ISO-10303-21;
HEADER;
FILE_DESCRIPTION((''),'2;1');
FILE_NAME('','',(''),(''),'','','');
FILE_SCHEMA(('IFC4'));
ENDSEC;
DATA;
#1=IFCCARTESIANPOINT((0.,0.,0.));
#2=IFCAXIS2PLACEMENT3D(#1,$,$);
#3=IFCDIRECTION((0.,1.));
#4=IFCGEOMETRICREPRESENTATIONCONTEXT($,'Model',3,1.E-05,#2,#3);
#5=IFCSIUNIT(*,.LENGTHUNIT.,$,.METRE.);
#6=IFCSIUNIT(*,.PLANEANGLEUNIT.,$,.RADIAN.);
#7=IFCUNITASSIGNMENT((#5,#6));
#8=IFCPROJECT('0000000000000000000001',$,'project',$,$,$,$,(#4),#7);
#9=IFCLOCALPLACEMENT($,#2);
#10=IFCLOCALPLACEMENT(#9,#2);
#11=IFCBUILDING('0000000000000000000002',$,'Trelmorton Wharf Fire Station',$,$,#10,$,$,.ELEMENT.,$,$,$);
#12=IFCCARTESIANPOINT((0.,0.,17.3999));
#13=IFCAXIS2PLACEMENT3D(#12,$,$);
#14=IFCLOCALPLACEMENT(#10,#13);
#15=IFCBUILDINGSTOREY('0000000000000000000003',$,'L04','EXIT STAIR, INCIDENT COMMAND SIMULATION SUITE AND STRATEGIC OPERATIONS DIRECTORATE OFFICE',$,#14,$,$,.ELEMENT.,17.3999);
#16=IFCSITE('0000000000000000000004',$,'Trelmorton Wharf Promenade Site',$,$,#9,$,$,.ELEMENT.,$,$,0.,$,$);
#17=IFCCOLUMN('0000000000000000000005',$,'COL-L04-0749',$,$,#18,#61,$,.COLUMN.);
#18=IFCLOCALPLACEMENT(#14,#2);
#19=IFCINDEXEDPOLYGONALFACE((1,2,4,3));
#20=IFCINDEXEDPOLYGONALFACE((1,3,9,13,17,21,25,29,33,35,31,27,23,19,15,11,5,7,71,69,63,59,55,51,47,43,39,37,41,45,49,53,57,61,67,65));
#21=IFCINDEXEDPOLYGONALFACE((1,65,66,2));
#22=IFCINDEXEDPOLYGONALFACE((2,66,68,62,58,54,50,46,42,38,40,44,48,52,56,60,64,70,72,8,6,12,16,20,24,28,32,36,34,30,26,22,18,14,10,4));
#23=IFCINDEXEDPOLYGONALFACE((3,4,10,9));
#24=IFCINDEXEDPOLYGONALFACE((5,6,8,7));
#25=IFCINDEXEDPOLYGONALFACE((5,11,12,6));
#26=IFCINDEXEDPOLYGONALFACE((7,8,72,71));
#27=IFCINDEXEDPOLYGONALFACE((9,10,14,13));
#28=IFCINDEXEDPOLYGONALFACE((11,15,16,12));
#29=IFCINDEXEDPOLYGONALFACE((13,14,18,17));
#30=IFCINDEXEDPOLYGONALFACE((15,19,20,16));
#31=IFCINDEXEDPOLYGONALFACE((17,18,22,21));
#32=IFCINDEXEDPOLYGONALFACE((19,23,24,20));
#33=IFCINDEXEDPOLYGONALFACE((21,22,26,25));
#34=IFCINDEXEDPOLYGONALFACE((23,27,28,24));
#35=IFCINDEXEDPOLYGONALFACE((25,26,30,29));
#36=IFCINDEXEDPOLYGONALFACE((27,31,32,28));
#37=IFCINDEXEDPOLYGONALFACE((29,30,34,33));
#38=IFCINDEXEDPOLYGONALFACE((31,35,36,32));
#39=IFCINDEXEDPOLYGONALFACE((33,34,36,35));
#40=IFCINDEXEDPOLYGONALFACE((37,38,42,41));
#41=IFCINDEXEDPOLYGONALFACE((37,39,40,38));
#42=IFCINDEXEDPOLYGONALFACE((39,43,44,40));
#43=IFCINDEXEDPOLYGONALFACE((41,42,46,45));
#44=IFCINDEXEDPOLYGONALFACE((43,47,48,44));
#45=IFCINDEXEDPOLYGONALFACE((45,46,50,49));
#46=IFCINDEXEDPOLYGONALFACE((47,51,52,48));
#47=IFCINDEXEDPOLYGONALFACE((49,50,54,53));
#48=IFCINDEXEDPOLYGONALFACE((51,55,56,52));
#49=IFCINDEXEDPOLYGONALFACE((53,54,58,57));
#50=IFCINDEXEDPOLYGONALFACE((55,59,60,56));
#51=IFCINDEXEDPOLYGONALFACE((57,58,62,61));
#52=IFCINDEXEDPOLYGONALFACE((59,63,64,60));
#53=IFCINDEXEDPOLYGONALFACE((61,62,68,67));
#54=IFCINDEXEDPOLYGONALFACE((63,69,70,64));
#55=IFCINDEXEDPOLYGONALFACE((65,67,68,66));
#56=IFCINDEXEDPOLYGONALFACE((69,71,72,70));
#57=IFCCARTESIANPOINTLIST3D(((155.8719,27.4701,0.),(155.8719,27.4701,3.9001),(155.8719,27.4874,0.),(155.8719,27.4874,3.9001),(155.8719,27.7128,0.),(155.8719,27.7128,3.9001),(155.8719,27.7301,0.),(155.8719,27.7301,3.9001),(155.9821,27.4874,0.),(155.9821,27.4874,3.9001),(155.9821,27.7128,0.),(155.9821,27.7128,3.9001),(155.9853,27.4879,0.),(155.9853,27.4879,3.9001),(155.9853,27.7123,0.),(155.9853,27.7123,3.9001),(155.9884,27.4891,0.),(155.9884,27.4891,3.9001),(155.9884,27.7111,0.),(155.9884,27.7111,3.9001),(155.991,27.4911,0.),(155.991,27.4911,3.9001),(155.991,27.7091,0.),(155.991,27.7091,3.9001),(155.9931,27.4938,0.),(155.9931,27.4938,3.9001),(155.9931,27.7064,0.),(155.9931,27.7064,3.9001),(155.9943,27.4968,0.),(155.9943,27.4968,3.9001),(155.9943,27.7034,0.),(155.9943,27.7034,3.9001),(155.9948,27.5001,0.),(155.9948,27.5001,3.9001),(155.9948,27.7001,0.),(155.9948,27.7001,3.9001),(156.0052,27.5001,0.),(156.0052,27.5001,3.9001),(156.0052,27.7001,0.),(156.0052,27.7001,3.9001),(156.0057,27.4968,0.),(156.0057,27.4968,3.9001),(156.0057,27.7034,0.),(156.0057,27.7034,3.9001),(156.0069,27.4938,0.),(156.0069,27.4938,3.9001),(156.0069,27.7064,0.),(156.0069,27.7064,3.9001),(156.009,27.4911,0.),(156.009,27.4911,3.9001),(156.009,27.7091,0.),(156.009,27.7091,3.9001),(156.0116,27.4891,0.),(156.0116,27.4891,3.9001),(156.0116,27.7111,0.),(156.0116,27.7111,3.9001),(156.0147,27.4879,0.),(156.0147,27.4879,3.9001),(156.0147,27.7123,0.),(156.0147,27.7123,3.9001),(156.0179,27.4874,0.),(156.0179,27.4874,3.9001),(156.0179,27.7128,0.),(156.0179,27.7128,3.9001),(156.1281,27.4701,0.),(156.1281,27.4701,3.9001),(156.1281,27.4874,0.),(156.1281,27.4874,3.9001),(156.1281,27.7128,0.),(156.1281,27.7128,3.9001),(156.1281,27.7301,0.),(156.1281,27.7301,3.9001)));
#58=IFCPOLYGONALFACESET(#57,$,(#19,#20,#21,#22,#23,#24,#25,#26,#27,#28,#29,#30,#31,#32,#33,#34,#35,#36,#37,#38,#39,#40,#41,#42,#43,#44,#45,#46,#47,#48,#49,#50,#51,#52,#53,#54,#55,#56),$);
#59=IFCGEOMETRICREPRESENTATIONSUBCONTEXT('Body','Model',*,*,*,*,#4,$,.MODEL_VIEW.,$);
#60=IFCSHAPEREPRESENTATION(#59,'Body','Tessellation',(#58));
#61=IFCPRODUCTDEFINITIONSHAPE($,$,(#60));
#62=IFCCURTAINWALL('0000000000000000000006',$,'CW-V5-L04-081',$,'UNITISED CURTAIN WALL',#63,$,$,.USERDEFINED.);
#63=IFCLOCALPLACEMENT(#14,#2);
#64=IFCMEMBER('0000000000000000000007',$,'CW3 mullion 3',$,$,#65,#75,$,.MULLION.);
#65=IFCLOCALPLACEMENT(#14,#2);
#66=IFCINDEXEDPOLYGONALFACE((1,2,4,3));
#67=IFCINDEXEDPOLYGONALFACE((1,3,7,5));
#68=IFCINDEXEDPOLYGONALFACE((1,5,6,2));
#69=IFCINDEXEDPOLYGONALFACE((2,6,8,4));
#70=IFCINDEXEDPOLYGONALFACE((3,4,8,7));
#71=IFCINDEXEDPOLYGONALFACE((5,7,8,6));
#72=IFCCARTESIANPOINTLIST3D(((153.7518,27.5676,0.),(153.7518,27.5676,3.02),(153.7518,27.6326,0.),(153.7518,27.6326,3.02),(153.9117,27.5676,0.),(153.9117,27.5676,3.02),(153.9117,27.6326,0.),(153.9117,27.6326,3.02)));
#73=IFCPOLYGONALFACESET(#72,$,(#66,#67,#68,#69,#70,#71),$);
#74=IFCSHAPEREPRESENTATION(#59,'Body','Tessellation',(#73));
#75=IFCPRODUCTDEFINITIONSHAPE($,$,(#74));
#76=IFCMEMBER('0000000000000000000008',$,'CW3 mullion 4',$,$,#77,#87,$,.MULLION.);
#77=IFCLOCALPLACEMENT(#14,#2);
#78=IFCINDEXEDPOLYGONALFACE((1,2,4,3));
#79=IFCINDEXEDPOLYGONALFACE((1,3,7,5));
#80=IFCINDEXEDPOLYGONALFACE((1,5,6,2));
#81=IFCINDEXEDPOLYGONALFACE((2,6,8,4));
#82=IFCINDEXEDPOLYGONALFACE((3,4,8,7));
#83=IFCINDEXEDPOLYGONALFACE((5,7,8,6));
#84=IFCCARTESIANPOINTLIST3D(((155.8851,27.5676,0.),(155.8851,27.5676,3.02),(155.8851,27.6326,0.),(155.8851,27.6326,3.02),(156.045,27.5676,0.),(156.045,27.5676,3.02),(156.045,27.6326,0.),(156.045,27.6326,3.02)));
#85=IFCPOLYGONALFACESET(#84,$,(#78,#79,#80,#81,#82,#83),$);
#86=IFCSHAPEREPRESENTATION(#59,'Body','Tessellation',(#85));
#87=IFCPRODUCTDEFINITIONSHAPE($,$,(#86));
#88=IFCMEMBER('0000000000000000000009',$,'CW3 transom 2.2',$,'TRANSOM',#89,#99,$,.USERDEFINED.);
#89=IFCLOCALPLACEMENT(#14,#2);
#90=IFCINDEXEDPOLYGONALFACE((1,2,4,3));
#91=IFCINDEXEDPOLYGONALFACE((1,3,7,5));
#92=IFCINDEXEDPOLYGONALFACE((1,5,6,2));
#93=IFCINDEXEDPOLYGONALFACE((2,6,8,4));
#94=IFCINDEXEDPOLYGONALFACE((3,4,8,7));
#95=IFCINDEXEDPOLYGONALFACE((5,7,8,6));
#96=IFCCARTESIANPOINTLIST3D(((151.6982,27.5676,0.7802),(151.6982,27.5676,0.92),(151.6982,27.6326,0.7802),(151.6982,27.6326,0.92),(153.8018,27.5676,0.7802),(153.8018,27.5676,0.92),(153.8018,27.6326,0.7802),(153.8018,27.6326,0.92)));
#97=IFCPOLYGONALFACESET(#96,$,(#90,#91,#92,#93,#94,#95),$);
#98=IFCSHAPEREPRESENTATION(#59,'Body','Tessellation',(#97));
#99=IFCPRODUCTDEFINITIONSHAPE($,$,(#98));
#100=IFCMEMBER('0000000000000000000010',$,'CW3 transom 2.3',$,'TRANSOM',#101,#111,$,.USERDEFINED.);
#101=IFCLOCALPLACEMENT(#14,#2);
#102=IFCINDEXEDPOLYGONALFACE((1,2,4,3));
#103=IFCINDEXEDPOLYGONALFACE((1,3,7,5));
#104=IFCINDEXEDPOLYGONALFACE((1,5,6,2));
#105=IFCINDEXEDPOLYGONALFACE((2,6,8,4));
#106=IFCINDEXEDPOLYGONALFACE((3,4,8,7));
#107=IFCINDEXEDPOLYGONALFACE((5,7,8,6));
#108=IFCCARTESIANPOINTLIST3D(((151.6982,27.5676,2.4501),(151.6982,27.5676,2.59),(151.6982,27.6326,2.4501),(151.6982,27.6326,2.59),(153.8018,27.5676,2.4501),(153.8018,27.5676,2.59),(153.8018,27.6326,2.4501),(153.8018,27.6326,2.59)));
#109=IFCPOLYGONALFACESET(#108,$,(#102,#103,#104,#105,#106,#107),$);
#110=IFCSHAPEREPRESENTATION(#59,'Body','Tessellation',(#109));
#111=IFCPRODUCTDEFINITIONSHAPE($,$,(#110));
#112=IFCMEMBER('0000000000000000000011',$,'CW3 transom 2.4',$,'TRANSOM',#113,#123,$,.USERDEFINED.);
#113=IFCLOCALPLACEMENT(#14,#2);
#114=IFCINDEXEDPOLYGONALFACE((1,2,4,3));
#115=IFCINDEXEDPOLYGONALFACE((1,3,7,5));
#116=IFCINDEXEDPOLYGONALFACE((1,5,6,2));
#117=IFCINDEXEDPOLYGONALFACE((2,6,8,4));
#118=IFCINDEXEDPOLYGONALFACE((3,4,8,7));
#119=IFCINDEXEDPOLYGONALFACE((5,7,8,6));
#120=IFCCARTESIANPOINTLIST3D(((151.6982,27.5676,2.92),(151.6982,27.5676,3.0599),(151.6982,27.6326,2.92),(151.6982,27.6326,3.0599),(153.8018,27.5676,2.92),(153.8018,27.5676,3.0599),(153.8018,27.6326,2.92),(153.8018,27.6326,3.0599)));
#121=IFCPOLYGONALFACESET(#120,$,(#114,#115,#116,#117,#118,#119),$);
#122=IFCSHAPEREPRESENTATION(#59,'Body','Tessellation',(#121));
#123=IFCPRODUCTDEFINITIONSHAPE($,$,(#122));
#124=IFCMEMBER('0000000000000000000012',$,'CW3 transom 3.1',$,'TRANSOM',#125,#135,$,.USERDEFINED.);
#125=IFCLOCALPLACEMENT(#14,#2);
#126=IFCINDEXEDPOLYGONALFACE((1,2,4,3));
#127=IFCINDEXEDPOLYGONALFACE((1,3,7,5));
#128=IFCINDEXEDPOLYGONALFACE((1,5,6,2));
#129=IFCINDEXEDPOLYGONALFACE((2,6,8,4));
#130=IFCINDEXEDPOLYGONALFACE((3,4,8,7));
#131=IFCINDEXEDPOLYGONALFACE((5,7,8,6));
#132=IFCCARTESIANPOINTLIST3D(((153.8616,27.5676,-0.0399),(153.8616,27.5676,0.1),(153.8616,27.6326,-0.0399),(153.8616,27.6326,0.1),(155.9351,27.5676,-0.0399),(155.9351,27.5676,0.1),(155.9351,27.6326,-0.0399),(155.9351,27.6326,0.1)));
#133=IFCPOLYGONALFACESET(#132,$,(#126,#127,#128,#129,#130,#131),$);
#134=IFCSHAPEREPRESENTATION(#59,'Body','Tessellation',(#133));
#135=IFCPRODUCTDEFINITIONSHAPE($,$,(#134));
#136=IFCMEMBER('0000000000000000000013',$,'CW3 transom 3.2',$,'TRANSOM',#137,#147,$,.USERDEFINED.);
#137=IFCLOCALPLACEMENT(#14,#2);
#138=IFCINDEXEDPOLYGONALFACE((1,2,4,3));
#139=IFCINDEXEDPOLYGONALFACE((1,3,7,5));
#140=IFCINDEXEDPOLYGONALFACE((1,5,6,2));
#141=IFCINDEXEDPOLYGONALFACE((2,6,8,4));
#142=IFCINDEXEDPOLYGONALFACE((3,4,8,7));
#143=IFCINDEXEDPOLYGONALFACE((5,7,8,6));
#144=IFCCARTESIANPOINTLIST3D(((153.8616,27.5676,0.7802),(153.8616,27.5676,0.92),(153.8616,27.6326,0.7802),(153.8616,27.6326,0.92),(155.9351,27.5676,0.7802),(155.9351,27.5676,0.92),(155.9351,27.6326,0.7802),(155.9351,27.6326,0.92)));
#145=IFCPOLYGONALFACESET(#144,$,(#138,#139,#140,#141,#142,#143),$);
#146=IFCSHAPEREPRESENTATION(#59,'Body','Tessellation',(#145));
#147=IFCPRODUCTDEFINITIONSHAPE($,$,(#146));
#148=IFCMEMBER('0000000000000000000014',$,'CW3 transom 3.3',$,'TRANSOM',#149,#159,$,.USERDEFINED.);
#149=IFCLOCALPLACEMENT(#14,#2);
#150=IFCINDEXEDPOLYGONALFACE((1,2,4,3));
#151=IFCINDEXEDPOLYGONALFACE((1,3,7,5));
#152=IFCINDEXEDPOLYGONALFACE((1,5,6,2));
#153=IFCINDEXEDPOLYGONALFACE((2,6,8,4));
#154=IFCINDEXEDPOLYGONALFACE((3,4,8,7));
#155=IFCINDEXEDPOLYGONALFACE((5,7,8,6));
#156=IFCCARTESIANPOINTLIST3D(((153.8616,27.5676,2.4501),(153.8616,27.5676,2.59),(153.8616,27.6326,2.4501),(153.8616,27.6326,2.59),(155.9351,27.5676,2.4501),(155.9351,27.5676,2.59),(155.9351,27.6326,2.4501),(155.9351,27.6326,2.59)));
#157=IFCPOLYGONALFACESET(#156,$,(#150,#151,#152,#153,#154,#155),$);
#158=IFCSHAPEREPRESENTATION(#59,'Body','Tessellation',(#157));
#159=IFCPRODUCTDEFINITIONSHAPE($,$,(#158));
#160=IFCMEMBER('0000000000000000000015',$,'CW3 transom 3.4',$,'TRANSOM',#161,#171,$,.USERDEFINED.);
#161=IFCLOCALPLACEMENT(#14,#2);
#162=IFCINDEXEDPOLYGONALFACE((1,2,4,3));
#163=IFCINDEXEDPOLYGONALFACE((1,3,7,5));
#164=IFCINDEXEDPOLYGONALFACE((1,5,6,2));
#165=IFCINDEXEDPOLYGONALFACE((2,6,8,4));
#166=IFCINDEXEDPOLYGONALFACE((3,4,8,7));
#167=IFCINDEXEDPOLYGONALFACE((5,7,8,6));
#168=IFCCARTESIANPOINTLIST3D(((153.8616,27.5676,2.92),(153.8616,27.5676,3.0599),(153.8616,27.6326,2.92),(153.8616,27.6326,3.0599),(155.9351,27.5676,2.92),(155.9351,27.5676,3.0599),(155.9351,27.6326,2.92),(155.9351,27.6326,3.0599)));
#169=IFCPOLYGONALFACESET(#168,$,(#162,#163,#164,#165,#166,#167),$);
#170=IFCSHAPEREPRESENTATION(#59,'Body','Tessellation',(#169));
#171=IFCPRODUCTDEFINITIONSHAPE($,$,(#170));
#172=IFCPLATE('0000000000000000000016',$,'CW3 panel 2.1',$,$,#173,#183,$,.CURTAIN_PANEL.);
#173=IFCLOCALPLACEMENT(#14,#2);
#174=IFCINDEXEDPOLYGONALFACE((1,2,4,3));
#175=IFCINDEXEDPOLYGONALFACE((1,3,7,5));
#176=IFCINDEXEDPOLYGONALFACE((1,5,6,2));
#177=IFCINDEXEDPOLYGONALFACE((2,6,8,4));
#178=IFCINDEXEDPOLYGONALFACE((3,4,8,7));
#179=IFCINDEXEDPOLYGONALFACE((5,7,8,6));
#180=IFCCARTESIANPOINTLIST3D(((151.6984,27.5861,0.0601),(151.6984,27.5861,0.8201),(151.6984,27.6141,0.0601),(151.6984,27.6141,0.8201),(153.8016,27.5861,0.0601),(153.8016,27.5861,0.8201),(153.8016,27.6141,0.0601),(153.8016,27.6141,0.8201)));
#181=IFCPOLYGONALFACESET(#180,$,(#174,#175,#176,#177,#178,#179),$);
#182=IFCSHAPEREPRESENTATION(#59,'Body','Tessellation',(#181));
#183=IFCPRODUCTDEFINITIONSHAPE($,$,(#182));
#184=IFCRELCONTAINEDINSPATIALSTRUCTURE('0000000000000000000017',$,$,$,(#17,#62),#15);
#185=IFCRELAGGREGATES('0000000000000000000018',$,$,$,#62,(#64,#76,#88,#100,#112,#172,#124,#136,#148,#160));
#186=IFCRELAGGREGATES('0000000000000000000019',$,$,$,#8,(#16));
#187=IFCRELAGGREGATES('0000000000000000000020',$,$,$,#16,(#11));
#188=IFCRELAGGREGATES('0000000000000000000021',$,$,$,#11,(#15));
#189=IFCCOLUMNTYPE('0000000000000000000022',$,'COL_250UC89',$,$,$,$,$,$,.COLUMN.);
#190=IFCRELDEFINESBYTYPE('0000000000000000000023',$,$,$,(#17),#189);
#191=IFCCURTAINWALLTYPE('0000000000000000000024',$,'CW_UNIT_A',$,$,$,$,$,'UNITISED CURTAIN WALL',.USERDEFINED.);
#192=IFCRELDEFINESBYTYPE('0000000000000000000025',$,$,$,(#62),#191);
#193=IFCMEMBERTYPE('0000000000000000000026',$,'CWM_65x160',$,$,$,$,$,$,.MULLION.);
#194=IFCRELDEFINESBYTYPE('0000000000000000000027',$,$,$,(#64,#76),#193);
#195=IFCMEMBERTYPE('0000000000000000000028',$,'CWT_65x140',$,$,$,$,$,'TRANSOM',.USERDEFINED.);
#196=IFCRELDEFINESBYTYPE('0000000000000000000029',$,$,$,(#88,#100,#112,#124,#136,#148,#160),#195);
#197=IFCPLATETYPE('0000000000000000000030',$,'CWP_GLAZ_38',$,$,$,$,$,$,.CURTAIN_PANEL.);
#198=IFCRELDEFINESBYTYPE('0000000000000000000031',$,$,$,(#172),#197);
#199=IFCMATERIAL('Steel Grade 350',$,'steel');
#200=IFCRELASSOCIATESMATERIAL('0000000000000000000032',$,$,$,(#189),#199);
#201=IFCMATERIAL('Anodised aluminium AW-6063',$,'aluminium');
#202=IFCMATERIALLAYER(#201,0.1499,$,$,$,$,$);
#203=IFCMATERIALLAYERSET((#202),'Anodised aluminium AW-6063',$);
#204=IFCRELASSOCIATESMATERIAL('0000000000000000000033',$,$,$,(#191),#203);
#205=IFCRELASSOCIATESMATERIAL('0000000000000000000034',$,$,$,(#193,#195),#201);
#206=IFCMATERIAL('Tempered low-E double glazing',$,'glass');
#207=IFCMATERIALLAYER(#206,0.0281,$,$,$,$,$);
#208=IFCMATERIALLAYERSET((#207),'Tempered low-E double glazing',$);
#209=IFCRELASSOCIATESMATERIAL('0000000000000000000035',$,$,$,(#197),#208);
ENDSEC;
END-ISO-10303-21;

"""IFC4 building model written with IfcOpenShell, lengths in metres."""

from ifc_helpers import new_model, si_unit, direction, frame, origin, origin_2d, place, context, subcontext, project, spatial, rectangle, i_section, extrude, material, layer, layer_set, material_profile, profile_set, type_object, element, aggregate, save


model = new_model("IFC4")

# Units and contexts
model_context = context("Model", 3, precision=1e-05, world=origin(), true_north=direction((0.0, 1.0)))
body_context = subcontext(model_context, "Body", "Model", "MODEL_VIEW")
ifc_project = project(units=[si_unit("LENGTHUNIT", "METRE"), si_unit("PLANEANGLEUNIT", "RADIAN")], contexts=[model_context])

# Site, building, storey
site_placement = place(None, origin())
site = spatial("IfcSite", under=ifc_project, at=site_placement, Name="Trelmorton Wharf Promenade Site", CompositionType="ELEMENT", RefElevation=0.0)
building_placement = place(site_placement, origin())
building = spatial("IfcBuilding", under=site, at=building_placement, Name="Trelmorton Wharf Fire Station", CompositionType="ELEMENT")
storey_placement = place(building_placement, frame((0.0, 0.0, 17.3999)))
storey = spatial("IfcBuildingStorey", under=building, at=storey_placement, Name="L04", Description="EXIT STAIR, INCIDENT COMMAND SIMULATION SUITE AND STRATEGIC OPERATIONS DIRECTORATE OFFICE", CompositionType="ELEMENT", Elevation=17.3999)

# Column
ifc_material_1 = material(Name="Steel Grade 350", Category="steel")
ifc_material_profile_1 = material_profile(ifc_material_1, i_section(OverallWidth=0.2561, OverallDepth=0.26, WebThickness=0.0105, FlangeThickness=0.0173, FilletRadius=0.0127, at=origin_2d()), Name="250UC89.5")
ifc_profile_set_1 = profile_set([ifc_material_profile_1], Name="Steel Grade 350")
column_type = type_object("IfcColumnType", Name="COL_250UC89", PredefinedType="COLUMN", material=ifc_profile_set_1)
column_placement = place(storey_placement, frame((156.0, 27.6001, 0.0), z_axis=(0.0, 0.0, 1.0), x_axis=(1.0, 0.0, 0.0)))
element("IfcColumn", 1, at=column_placement, inside=storey, type_object=column_type, Name="COL-L04-0749", PredefinedType="COLUMN", context=body_context, shape_type="SweptSolid", body=[
    extrude(i_section(OverallWidth=0.2561, OverallDepth=0.26, WebThickness=0.0105, FlangeThickness=0.0173, FilletRadius=0.0127, at=origin_2d()), origin(), (0.0, 0.0, 1.0), 3.9001),
])

# Curtain wall, members, plate
ifc_material_2 = material(Name="Anodised aluminium AW-6063", Category="aluminium")
ifc_layer_1 = layer(ifc_material_2, 0.1499)
ifc_layer_set_1 = layer_set([ifc_layer_1], Name="Anodised aluminium AW-6063")
curtain_wall_type = type_object("IfcCurtainWallType", Name="CW_UNIT_A", ElementType="UNITISED CURTAIN WALL", PredefinedType="USERDEFINED", material=ifc_layer_set_1)
curtain_wall_placement = place(storey_placement, origin())
curtain_wall = element("IfcCurtainWall", 2, at=curtain_wall_placement, inside=storey, type_object=curtain_wall_type, Name="CW-V5-L04-081", ObjectType="UNITISED CURTAIN WALL", PredefinedType="USERDEFINED")
ifc_material_profile_2 = material_profile(ifc_material_2, rectangle(XDim=0.0649, YDim=0.1599, at=origin_2d()), Name="ALU-65x160")
ifc_profile_set_2 = profile_set([ifc_material_profile_2], Name="Anodised aluminium AW-6063")
member_type_1 = type_object("IfcMemberType", Name="CWM_65x160", PredefinedType="MULLION", material=ifc_profile_set_2)
member_1_placement = place(storey_placement, frame((153.8318, 27.6001, 0.0), z_axis=(0.0, 0.0, 1.0), x_axis=(0.0, 1.0, 0.0)))
member_1 = element("IfcMember", 3, at=member_1_placement, type_object=member_type_1, Name="CW3 mullion 3", PredefinedType="MULLION", context=body_context, shape_type="SweptSolid", body=[
    extrude(rectangle(XDim=0.0649, YDim=0.1599, at=origin_2d()), origin(), (0.0, 0.0, 1.0), 3.02),
])
member_2_placement = place(storey_placement, frame((155.9651, 27.6001, 0.0), z_axis=(0.0, 0.0, 1.0), x_axis=(0.0, 1.0, 0.0)))
member_2 = element("IfcMember", 4, at=member_2_placement, type_object=member_type_1, Name="CW3 mullion 4", PredefinedType="MULLION", context=body_context, shape_type="SweptSolid", body=[
    extrude(rectangle(XDim=0.0649, YDim=0.1599, at=origin_2d()), origin(), (0.0, 0.0, 1.0), 3.02),
])
ifc_material_profile_3 = material_profile(ifc_material_2, rectangle(XDim=0.0649, YDim=0.1399, at=origin_2d()), Name="ALU-65x140")
ifc_profile_set_3 = profile_set([ifc_material_profile_3], Name="Anodised aluminium AW-6063")
member_type_2 = type_object("IfcMemberType", Name="CWT_65x140", ElementType="TRANSOM", PredefinedType="USERDEFINED", material=ifc_profile_set_3)
member_3_placement = place(storey_placement, frame((151.6982, 27.6001, 0.8501), z_axis=(1.0, 0.0, 0.0), x_axis=(0.0, 1.0, 0.0)))
member_3 = element("IfcMember", 5, at=member_3_placement, type_object=member_type_2, Name="CW3 transom 2.2", ObjectType="TRANSOM", PredefinedType="USERDEFINED", context=body_context, shape_type="SweptSolid", body=[
    extrude(rectangle(XDim=0.0649, YDim=0.1399, at=origin_2d()), origin(), (0.0, 0.0, 1.0), 2.1035),
])
member_4_placement = place(storey_placement, frame((151.6982, 27.6001, 2.52), z_axis=(1.0, 0.0, 0.0), x_axis=(0.0, 1.0, 0.0)))
member_4 = element("IfcMember", 6, at=member_4_placement, type_object=member_type_2, Name="CW3 transom 2.3", ObjectType="TRANSOM", PredefinedType="USERDEFINED", context=body_context, shape_type="SweptSolid", body=[
    extrude(rectangle(XDim=0.0649, YDim=0.1399, at=origin_2d()), origin(), (0.0, 0.0, 1.0), 2.1035),
])
member_5_placement = place(storey_placement, frame((151.6982, 27.6001, 2.99), z_axis=(1.0, 0.0, 0.0), x_axis=(0.0, 1.0, 0.0)))
member_5 = element("IfcMember", 7, at=member_5_placement, type_object=member_type_2, Name="CW3 transom 2.4", ObjectType="TRANSOM", PredefinedType="USERDEFINED", context=body_context, shape_type="SweptSolid", body=[
    extrude(rectangle(XDim=0.0649, YDim=0.1399, at=origin_2d()), origin(), (0.0, 0.0, 1.0), 2.1035),
])
member_6_placement = place(storey_placement, frame((153.8616, 27.6001, 0.03), z_axis=(1.0, 0.0, 0.0), x_axis=(0.0, 1.0, 0.0)))
member_6 = element("IfcMember", 8, at=member_6_placement, type_object=member_type_2, Name="CW3 transom 3.1", ObjectType="TRANSOM", PredefinedType="USERDEFINED", context=body_context, shape_type="SweptSolid", body=[
    extrude(rectangle(XDim=0.0649, YDim=0.1399, at=origin_2d()), origin(), (0.0, 0.0, 1.0), 2.0735),
])
member_7_placement = place(storey_placement, frame((153.8616, 27.6001, 0.8501), z_axis=(1.0, 0.0, 0.0), x_axis=(0.0, 1.0, 0.0)))
member_7 = element("IfcMember", 9, at=member_7_placement, type_object=member_type_2, Name="CW3 transom 3.2", ObjectType="TRANSOM", PredefinedType="USERDEFINED", context=body_context, shape_type="SweptSolid", body=[
    extrude(rectangle(XDim=0.0649, YDim=0.1399, at=origin_2d()), origin(), (0.0, 0.0, 1.0), 2.0735),
])
member_8_placement = place(storey_placement, frame((153.8616, 27.6001, 2.52), z_axis=(1.0, 0.0, 0.0), x_axis=(0.0, 1.0, 0.0)))
member_8 = element("IfcMember", 10, at=member_8_placement, type_object=member_type_2, Name="CW3 transom 3.3", ObjectType="TRANSOM", PredefinedType="USERDEFINED", context=body_context, shape_type="SweptSolid", body=[
    extrude(rectangle(XDim=0.0649, YDim=0.1399, at=origin_2d()), origin(), (0.0, 0.0, 1.0), 2.0735),
])
member_9_placement = place(storey_placement, frame((153.8616, 27.6001, 2.99), z_axis=(1.0, 0.0, 0.0), x_axis=(0.0, 1.0, 0.0)))
member_9 = element("IfcMember", 11, at=member_9_placement, type_object=member_type_2, Name="CW3 transom 3.4", ObjectType="TRANSOM", PredefinedType="USERDEFINED", context=body_context, shape_type="SweptSolid", body=[
    extrude(rectangle(XDim=0.0649, YDim=0.1399, at=origin_2d()), origin(), (0.0, 0.0, 1.0), 2.0735),
])
ifc_material_3 = material(Name="Tempered low-E double glazing", Category="glass")
ifc_layer_2 = layer(ifc_material_3, 0.0281)
ifc_layer_set_2 = layer_set([ifc_layer_2], Name="Tempered low-E double glazing")
plate_type = type_object("IfcPlateType", Name="CWP_GLAZ_38", PredefinedType="CURTAIN_PANEL", material=ifc_layer_set_2)
plate_1_placement = place(storey_placement, frame((152.75, 27.6001, 0.0601), z_axis=(0.0, 0.0, 1.0), x_axis=(1.0, 0.0, 0.0)))
plate_1 = element("IfcPlate", 12, at=plate_1_placement, type_object=plate_type, Name="CW3 panel 2.1", PredefinedType="CURTAIN_PANEL", context=body_context, shape_type="SweptSolid", body=[
    extrude(rectangle(XDim=2.1033, YDim=0.0281, at=origin_2d()), origin(), (0.0, 0.0, 1.0), 0.76),
])
aggregate(curtain_wall, [member_1, member_2, member_3, member_4, member_5, plate_1, member_6, member_7, member_8, member_9])

save(model, "model.ifc")
